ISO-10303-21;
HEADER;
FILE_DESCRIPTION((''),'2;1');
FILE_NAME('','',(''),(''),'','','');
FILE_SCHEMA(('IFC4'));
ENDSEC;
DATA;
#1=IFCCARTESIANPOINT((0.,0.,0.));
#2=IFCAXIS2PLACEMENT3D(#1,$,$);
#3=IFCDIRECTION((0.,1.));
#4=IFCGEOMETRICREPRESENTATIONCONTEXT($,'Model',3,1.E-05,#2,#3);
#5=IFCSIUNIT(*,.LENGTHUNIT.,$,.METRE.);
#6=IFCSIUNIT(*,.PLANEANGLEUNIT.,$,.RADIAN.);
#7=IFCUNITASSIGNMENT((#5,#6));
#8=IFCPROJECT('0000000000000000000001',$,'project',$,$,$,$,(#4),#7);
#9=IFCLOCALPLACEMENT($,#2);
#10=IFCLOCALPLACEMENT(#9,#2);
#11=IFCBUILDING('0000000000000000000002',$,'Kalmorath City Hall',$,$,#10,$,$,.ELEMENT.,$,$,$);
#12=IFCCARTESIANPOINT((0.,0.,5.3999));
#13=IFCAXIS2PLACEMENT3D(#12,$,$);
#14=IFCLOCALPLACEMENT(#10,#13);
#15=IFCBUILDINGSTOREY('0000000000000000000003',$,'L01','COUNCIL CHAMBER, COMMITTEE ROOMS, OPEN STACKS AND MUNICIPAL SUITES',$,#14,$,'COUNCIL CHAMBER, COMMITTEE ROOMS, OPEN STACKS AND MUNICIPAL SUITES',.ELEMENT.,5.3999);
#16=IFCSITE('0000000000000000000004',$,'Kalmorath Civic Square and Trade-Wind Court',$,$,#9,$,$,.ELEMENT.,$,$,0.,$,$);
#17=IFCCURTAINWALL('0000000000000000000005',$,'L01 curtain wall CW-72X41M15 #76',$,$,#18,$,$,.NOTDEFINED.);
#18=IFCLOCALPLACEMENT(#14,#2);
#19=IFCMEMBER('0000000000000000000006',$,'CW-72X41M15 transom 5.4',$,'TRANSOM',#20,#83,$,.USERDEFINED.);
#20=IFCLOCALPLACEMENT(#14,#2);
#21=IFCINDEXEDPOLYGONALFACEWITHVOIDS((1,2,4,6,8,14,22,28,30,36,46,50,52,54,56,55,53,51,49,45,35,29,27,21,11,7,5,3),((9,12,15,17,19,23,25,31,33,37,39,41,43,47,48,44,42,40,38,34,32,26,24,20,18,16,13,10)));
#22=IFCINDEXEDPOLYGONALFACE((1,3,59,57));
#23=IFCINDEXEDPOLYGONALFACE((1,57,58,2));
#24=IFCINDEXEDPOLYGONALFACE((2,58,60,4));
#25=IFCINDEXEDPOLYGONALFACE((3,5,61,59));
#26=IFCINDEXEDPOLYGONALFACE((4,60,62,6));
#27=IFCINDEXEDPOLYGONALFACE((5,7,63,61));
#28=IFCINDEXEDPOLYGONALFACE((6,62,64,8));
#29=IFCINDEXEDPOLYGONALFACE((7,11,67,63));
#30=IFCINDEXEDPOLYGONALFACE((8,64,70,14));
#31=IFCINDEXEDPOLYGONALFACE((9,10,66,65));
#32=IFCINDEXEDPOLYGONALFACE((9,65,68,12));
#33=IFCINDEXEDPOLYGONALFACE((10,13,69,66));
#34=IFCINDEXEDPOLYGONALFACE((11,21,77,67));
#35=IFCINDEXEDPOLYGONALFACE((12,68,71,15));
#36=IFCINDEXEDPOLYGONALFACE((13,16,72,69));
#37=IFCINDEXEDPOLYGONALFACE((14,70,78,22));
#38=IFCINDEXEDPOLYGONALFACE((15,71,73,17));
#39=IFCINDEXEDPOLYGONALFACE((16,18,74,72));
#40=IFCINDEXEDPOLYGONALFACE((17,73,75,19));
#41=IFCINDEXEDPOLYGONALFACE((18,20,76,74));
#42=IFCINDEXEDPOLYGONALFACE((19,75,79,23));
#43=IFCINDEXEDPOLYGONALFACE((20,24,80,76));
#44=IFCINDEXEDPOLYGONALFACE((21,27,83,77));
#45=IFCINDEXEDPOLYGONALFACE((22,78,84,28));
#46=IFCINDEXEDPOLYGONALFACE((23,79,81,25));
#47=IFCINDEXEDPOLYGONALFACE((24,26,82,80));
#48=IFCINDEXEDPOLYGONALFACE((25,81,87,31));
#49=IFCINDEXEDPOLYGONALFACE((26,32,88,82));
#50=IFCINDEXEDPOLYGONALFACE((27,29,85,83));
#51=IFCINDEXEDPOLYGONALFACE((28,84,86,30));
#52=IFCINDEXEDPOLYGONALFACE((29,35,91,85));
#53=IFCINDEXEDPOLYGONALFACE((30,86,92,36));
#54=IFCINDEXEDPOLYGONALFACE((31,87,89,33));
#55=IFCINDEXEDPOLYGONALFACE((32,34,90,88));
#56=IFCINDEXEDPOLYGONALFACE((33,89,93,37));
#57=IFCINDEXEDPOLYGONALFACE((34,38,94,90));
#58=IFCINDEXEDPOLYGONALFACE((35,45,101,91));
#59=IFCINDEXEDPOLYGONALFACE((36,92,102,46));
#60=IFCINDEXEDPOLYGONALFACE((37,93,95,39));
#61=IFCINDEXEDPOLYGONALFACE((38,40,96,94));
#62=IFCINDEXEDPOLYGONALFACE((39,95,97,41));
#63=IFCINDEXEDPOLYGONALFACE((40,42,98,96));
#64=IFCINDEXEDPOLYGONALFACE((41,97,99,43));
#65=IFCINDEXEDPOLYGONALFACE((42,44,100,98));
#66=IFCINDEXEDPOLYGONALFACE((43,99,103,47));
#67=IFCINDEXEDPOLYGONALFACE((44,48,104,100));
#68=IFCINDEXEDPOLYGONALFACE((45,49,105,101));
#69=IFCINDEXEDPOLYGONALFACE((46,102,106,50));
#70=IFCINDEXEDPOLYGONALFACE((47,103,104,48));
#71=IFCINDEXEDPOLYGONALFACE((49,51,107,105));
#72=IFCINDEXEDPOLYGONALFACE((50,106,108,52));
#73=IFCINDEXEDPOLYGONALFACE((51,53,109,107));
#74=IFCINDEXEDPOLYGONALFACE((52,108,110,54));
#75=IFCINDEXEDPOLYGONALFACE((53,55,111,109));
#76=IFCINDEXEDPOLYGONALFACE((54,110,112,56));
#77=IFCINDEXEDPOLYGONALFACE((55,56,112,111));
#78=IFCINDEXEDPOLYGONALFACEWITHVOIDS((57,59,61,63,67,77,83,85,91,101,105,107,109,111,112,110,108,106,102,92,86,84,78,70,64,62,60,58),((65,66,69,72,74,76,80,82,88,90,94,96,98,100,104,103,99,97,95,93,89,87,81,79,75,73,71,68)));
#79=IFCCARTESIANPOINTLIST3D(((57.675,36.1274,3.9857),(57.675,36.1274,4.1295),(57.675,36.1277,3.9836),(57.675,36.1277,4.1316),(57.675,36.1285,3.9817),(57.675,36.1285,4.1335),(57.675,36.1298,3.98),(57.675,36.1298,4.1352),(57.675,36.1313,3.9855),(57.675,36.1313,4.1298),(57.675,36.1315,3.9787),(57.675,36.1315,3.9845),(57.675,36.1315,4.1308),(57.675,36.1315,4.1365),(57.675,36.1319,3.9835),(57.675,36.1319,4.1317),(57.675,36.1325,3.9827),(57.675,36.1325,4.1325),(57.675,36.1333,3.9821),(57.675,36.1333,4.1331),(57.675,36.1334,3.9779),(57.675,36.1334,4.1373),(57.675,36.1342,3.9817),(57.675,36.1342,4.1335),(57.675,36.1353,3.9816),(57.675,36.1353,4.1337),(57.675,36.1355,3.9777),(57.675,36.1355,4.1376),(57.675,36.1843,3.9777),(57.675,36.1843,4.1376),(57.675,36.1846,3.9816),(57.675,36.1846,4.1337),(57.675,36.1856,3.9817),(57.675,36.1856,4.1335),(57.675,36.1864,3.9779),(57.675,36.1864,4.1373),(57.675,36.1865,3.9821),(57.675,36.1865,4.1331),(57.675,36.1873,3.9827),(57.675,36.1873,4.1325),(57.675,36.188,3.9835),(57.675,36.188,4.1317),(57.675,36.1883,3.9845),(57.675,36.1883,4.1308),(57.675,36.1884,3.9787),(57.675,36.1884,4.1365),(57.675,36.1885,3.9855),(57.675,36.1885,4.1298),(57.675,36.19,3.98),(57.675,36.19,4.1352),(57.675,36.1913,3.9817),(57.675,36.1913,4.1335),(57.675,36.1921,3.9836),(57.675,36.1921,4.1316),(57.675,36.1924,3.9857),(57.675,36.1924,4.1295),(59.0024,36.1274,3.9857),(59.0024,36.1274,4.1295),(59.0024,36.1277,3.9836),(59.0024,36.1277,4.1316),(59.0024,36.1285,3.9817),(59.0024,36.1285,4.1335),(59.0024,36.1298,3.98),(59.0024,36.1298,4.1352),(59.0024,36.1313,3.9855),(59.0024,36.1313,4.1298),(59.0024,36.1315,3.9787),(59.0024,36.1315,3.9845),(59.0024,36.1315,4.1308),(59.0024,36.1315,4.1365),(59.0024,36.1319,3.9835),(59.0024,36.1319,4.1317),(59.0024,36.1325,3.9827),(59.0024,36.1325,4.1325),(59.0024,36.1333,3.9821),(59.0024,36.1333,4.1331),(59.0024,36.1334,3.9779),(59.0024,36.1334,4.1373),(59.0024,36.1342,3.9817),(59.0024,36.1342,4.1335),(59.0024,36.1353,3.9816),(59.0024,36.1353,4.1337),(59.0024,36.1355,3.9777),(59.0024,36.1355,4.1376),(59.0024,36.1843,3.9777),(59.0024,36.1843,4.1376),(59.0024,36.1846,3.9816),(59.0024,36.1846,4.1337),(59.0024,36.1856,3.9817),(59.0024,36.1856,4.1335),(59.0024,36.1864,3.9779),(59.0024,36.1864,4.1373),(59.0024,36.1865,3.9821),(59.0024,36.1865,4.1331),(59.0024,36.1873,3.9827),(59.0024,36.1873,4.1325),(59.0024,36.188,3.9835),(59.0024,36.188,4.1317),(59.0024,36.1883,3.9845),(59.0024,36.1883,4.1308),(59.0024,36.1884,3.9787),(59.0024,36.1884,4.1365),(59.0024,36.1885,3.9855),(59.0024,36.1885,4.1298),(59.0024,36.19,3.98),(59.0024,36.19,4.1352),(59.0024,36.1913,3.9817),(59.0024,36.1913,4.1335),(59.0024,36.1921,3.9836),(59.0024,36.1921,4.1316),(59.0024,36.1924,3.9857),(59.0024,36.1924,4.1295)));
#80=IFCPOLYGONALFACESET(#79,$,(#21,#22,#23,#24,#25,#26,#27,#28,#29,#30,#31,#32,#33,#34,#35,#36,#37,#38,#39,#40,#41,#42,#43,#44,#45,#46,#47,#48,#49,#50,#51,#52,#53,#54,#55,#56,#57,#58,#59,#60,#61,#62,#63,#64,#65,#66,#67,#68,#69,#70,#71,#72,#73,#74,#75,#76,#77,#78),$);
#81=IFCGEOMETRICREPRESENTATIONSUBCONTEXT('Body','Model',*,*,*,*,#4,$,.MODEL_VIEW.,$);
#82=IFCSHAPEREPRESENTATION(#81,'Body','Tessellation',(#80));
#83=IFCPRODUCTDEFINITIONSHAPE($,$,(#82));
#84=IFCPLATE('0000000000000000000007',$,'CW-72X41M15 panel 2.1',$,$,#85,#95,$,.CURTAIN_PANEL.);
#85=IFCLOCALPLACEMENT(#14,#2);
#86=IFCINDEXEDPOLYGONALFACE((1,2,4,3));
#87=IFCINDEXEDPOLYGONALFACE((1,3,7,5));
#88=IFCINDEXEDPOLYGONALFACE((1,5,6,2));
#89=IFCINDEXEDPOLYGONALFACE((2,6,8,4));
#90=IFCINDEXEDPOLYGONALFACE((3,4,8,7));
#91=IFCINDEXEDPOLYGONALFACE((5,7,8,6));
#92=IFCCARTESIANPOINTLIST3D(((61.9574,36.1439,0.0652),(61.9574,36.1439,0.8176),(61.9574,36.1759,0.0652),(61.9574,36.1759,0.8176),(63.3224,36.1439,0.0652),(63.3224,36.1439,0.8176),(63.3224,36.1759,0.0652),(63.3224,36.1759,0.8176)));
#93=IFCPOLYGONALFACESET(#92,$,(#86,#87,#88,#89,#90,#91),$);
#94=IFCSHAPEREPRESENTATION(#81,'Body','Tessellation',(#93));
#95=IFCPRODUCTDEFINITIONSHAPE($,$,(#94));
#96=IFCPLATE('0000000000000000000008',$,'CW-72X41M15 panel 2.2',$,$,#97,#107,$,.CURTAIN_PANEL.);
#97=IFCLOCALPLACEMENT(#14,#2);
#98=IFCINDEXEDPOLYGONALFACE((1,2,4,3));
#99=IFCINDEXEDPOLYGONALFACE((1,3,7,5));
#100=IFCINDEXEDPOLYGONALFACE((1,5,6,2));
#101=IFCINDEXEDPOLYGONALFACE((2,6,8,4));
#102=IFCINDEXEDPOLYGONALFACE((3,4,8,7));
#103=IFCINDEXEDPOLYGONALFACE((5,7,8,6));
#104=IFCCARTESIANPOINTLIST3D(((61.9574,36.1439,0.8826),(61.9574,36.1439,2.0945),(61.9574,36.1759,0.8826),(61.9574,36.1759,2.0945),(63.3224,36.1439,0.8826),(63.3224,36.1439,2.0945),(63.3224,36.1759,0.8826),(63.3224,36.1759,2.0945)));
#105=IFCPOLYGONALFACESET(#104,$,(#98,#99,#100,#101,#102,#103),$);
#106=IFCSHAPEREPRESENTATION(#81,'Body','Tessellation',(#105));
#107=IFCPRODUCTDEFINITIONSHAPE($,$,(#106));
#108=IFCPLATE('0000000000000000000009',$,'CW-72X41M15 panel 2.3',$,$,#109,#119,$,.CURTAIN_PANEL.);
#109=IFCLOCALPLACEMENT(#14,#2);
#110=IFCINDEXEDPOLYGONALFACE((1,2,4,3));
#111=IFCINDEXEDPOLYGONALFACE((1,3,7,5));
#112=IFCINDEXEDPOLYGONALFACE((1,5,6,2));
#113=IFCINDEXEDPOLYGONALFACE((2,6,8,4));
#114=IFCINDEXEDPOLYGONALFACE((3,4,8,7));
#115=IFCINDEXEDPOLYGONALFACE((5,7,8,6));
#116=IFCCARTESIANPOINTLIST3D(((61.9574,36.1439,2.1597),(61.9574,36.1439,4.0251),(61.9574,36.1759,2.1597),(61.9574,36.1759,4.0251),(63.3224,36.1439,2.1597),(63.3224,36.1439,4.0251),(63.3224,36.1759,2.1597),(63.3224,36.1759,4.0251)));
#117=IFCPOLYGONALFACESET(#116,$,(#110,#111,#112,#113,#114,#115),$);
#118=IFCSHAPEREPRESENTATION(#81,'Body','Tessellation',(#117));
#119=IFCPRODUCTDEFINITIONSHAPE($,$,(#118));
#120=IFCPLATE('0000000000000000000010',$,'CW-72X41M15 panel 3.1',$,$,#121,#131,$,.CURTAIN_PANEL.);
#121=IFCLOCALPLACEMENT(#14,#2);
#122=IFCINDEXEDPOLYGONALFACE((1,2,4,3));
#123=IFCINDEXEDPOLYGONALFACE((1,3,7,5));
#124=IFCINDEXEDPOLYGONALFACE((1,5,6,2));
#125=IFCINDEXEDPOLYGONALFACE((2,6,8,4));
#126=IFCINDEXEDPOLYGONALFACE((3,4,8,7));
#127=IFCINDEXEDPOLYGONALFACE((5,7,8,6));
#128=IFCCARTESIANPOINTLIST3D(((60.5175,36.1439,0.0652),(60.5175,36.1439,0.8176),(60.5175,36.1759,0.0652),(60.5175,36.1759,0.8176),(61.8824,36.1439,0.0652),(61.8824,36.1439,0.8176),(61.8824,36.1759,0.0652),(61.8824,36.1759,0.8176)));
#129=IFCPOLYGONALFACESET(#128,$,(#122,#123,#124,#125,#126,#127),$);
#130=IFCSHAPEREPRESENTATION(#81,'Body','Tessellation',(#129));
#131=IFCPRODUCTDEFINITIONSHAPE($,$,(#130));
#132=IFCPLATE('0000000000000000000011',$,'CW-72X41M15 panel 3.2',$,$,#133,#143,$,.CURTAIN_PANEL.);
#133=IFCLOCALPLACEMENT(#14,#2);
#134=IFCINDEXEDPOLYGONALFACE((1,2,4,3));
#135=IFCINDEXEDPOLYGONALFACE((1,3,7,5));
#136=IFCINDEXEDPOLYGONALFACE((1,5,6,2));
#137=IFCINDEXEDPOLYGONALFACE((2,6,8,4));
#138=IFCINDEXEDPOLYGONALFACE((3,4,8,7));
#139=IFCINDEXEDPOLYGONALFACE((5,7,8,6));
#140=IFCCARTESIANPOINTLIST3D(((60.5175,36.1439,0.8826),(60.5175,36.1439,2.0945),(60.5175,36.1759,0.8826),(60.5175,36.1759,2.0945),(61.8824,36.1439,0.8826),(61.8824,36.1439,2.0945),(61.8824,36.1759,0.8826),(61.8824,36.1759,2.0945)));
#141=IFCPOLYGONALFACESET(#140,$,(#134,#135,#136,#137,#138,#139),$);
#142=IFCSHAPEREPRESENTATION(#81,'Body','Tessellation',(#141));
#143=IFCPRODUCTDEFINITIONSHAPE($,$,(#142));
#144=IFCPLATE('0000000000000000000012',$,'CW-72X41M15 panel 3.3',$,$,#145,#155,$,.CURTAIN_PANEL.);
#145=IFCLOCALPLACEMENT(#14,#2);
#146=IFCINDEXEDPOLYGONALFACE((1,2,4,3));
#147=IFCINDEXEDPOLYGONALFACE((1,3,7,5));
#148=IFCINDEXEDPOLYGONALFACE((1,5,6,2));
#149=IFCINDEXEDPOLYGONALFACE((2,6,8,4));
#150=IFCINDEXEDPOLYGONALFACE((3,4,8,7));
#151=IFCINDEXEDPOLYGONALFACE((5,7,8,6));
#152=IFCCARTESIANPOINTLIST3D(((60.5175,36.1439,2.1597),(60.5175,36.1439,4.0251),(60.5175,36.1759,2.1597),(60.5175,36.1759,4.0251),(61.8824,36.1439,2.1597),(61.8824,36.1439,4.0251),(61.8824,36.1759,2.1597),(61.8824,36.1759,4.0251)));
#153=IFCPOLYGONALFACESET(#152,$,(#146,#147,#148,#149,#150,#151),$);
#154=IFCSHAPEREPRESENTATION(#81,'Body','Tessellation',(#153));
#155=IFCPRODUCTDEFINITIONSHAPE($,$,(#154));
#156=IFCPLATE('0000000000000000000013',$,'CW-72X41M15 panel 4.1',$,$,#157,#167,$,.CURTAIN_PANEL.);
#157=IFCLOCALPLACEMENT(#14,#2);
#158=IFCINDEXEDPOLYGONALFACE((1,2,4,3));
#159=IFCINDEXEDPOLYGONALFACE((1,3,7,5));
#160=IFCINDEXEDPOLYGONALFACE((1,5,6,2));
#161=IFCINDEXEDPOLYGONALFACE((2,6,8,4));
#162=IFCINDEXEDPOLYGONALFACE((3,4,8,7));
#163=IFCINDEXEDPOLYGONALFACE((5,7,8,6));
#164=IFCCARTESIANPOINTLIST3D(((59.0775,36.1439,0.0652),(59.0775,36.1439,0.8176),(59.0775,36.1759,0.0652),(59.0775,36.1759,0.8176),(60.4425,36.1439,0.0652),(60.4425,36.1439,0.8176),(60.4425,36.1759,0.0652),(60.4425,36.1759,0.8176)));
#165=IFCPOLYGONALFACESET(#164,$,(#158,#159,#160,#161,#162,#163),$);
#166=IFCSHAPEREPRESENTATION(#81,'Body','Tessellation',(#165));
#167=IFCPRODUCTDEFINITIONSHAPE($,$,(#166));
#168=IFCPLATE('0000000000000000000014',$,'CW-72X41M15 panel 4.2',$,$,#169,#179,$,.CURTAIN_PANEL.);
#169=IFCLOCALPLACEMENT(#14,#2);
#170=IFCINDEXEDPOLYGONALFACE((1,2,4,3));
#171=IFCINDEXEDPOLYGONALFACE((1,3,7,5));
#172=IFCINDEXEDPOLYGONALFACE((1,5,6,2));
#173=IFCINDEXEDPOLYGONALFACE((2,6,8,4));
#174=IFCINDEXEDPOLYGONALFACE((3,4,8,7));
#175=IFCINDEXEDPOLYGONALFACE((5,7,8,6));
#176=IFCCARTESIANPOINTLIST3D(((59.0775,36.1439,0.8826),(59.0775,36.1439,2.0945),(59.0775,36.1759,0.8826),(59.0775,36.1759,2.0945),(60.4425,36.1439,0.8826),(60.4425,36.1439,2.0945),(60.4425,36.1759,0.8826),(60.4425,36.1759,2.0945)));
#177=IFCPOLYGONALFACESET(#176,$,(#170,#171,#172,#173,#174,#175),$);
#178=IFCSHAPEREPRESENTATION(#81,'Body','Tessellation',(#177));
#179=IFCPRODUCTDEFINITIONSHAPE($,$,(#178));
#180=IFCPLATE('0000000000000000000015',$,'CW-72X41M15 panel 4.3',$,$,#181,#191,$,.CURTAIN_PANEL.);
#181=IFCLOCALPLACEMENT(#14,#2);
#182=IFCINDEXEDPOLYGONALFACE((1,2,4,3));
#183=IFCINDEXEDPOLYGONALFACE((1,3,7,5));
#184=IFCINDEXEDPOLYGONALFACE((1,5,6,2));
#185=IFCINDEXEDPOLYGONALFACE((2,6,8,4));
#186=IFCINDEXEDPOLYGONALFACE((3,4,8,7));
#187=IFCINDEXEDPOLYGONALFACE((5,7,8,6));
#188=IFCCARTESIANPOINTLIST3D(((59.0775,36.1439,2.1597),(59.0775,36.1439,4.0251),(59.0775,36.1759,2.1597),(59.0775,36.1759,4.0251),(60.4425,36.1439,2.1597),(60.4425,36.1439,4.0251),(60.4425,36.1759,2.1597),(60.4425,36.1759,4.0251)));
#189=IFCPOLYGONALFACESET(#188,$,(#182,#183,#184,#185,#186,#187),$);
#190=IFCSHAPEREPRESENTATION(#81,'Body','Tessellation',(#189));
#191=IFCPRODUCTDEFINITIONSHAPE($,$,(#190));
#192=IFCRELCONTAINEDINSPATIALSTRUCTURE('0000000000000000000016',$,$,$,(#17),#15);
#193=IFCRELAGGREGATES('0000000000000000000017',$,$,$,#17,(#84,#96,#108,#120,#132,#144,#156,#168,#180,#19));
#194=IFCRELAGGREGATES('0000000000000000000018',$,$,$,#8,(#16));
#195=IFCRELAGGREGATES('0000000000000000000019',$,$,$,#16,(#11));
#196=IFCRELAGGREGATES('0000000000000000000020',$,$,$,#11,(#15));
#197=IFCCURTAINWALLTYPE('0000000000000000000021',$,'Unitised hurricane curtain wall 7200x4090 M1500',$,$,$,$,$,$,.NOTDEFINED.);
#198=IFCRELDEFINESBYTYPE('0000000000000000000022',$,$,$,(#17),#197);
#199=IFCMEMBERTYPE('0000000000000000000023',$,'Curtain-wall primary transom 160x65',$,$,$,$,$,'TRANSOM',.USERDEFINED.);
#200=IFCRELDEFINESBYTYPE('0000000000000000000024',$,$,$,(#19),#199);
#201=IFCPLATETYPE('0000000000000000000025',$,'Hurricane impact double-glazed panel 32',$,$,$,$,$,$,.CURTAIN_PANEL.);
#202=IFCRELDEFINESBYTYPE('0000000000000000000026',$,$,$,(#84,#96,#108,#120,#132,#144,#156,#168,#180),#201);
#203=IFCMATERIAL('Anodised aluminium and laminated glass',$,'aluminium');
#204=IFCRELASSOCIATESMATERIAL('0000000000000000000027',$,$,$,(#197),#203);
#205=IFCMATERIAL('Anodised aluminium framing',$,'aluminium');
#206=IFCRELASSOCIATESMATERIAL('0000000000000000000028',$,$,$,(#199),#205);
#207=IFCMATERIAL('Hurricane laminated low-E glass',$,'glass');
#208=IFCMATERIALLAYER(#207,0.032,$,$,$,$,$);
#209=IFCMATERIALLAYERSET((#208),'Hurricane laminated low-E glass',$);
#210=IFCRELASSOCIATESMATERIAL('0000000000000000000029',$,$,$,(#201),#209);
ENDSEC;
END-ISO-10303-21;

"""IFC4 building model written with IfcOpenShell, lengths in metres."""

from ifc_helpers import new_model, si_unit, direction, frame, origin, origin_2d, place, context, subcontext, project, spatial, rectangle, hollow_rectangle, extrude, material, layer, layer_set, material_profile, profile_set, type_object, element, aggregate, save


model = new_model("IFC4")

# Units and contexts
model_context = context("Model", 3, precision=1e-05, world=origin(), true_north=direction((0.0, 1.0)))
body_context = subcontext(model_context, "Body", "Model", "MODEL_VIEW")
ifc_project = project(units=[si_unit("LENGTHUNIT", "METRE"), si_unit("PLANEANGLEUNIT", "RADIAN")], contexts=[model_context])

# Site, building, storey
site_placement = place(None, origin())
site = spatial("IfcSite", under=ifc_project, at=site_placement, Name="Kalmorath Civic Square and Trade-Wind Court", CompositionType="ELEMENT", RefElevation=0.0)
building_placement = place(site_placement, origin())
building = spatial("IfcBuilding", under=site, at=building_placement, Name="Kalmorath City Hall", CompositionType="ELEMENT")
storey_placement = place(building_placement, frame((0.0, 0.0, 5.3999)))
storey = spatial("IfcBuildingStorey", under=building, at=storey_placement, Name="L01", Description="COUNCIL CHAMBER, COMMITTEE ROOMS, OPEN STACKS AND MUNICIPAL SUITES", LongName="COUNCIL CHAMBER, COMMITTEE ROOMS, OPEN STACKS AND MUNICIPAL SUITES", CompositionType="ELEMENT", Elevation=5.3999)

# Curtain wall, member, plates
ifc_material_1 = material(Name="Anodised aluminium and laminated glass", Category="aluminium")
curtain_wall_type = type_object("IfcCurtainWallType", Name="Unitised hurricane curtain wall 7200x4090 M1500", PredefinedType="NOTDEFINED", material=ifc_material_1)
curtain_wall_placement = place(storey_placement, origin())
curtain_wall = element("IfcCurtainWall", 1, at=curtain_wall_placement, inside=storey, type_object=curtain_wall_type, Name="L01 curtain wall CW-72X41M15 #76", PredefinedType="NOTDEFINED")
ifc_material_2 = material(Name="Anodised aluminium framing", Category="aluminium")
ifc_material_profile_1 = material_profile(ifc_material_2, hollow_rectangle(XDim=0.0649, YDim=0.1599, WallThickness=0.0039, InnerFilletRadius=0.0039, OuterFilletRadius=0.0081, at=origin_2d()), Name="ALU-TRN-160X65X4")
ifc_profile_set_1 = profile_set([ifc_material_profile_1], Name="Anodised aluminium framing")
member_type_1 = type_object("IfcMemberType", Name="Curtain-wall primary transom 160x65", ElementType="TRANSOM", PredefinedType="USERDEFINED", material=ifc_profile_set_1)
member_1_placement = place(storey_placement, frame((59.0024, 36.1599, 4.0576), z_axis=(-1.0, 0.0, 0.0), x_axis=(0.0, -1.0, 0.0)))
member_1 = element("IfcMember", 2, at=member_1_placement, type_object=member_type_1, Name="CW-72X41M15 transom 5.4", ObjectType="TRANSOM", PredefinedType="USERDEFINED", context=body_context, shape_type="SweptSolid", body=[
    extrude(hollow_rectangle(XDim=0.0649, YDim=0.1599, WallThickness=0.0039, InnerFilletRadius=0.0039, OuterFilletRadius=0.0081, at=origin_2d()), origin(), (0.0, 0.0, 1.0), 1.3274),
])
ifc_material_3 = material(Name="Hurricane laminated low-E glass", Category="glass")
ifc_layer = layer(ifc_material_3, 0.032)
ifc_layer_set = layer_set([ifc_layer], Name="Hurricane laminated low-E glass")
plate_type = type_object("IfcPlateType", Name="Hurricane impact double-glazed panel 32", PredefinedType="CURTAIN_PANEL", material=ifc_layer_set)
plate_1_placement = place(storey_placement, frame((62.6399, 36.1599, 0.0652), z_axis=(0.0, 0.0, 1.0), x_axis=(-1.0, 0.0, 0.0)))
plate_1 = element("IfcPlate", 3, at=plate_1_placement, type_object=plate_type, Name="CW-72X41M15 panel 2.1", PredefinedType="CURTAIN_PANEL", context=body_context, shape_type="SweptSolid", body=[
    extrude(rectangle(XDim=1.365, YDim=0.032, at=origin_2d()), origin(), (0.0, 0.0, 1.0), 0.7524),
])
plate_2_placement = place(storey_placement, frame((62.6399, 36.1599, 0.8826), z_axis=(0.0, 0.0, 1.0), x_axis=(-1.0, 0.0, 0.0)))
plate_2 = element("IfcPlate", 4, at=plate_2_placement, type_object=plate_type, Name="CW-72X41M15 panel 2.2", PredefinedType="CURTAIN_PANEL", context=body_context, shape_type="SweptSolid", body=[
    extrude(rectangle(XDim=1.365, YDim=0.032, at=origin_2d()), origin(), (0.0, 0.0, 1.0), 1.2119),
])
plate_3_placement = place(storey_placement, frame((62.6399, 36.1599, 2.1597), z_axis=(0.0, 0.0, 1.0), x_axis=(-1.0, 0.0, 0.0)))
plate_3 = element("IfcPlate", 5, at=plate_3_placement, type_object=plate_type, Name="CW-72X41M15 panel 2.3", PredefinedType="CURTAIN_PANEL", context=body_context, shape_type="SweptSolid", body=[
    extrude(rectangle(XDim=1.365, YDim=0.032, at=origin_2d()), origin(), (0.0, 0.0, 1.0), 1.8655),
])
plate_4_placement = place(storey_placement, frame((61.2, 36.1599, 0.0652), z_axis=(0.0, 0.0, 1.0), x_axis=(-1.0, 0.0, 0.0)))
plate_4 = element("IfcPlate", 6, at=plate_4_placement, type_object=plate_type, Name="CW-72X41M15 panel 3.1", PredefinedType="CURTAIN_PANEL", context=body_context, shape_type="SweptSolid", body=[
    extrude(rectangle(XDim=1.365, YDim=0.032, at=origin_2d()), origin(), (0.0, 0.0, 1.0), 0.7524),
])
plate_5_placement = place(storey_placement, frame((61.2, 36.1599, 0.8826), z_axis=(0.0, 0.0, 1.0), x_axis=(-1.0, 0.0, 0.0)))
plate_5 = element("IfcPlate", 7, at=plate_5_placement, type_object=plate_type, Name="CW-72X41M15 panel 3.2", PredefinedType="CURTAIN_PANEL", context=body_context, shape_type="SweptSolid", body=[
    extrude(rectangle(XDim=1.365, YDim=0.032, at=origin_2d()), origin(), (0.0, 0.0, 1.0), 1.2119),
])
plate_6_placement = place(storey_placement, frame((61.2, 36.1599, 2.1597), z_axis=(0.0, 0.0, 1.0), x_axis=(-1.0, 0.0, 0.0)))
plate_6 = element("IfcPlate", 8, at=plate_6_placement, type_object=plate_type, Name="CW-72X41M15 panel 3.3", PredefinedType="CURTAIN_PANEL", context=body_context, shape_type="SweptSolid", body=[
    extrude(rectangle(XDim=1.365, YDim=0.032, at=origin_2d()), origin(), (0.0, 0.0, 1.0), 1.8655),
])
plate_7_placement = place(storey_placement, frame((59.76, 36.1599, 0.0652), z_axis=(0.0, 0.0, 1.0), x_axis=(-1.0, 0.0, 0.0)))
plate_7 = element("IfcPlate", 9, at=plate_7_placement, type_object=plate_type, Name="CW-72X41M15 panel 4.1", PredefinedType="CURTAIN_PANEL", context=body_context, shape_type="SweptSolid", body=[
    extrude(rectangle(XDim=1.365, YDim=0.032, at=origin_2d()), origin(), (0.0, 0.0, 1.0), 0.7524),
])
plate_8_placement = place(storey_placement, frame((59.76, 36.1599, 0.8826), z_axis=(0.0, 0.0, 1.0), x_axis=(-1.0, 0.0, 0.0)))
plate_8 = element("IfcPlate", 10, at=plate_8_placement, type_object=plate_type, Name="CW-72X41M15 panel 4.2", PredefinedType="CURTAIN_PANEL", context=body_context, shape_type="SweptSolid", body=[
    extrude(rectangle(XDim=1.365, YDim=0.032, at=origin_2d()), origin(), (0.0, 0.0, 1.0), 1.2119),
])
plate_9_placement = place(storey_placement, frame((59.76, 36.1599, 2.1597), z_axis=(0.0, 0.0, 1.0), x_axis=(-1.0, 0.0, 0.0)))
plate_9 = element("IfcPlate", 11, at=plate_9_placement, type_object=plate_type, Name="CW-72X41M15 panel 4.3", PredefinedType="CURTAIN_PANEL", context=body_context, shape_type="SweptSolid", body=[
    extrude(rectangle(XDim=1.365, YDim=0.032, at=origin_2d()), origin(), (0.0, 0.0, 1.0), 1.8655),
])
aggregate(curtain_wall, [plate_1, plate_2, plate_3, plate_4, plate_5, plate_6, plate_7, plate_8, plate_9, member_1])

save(model, "model.ifc")
